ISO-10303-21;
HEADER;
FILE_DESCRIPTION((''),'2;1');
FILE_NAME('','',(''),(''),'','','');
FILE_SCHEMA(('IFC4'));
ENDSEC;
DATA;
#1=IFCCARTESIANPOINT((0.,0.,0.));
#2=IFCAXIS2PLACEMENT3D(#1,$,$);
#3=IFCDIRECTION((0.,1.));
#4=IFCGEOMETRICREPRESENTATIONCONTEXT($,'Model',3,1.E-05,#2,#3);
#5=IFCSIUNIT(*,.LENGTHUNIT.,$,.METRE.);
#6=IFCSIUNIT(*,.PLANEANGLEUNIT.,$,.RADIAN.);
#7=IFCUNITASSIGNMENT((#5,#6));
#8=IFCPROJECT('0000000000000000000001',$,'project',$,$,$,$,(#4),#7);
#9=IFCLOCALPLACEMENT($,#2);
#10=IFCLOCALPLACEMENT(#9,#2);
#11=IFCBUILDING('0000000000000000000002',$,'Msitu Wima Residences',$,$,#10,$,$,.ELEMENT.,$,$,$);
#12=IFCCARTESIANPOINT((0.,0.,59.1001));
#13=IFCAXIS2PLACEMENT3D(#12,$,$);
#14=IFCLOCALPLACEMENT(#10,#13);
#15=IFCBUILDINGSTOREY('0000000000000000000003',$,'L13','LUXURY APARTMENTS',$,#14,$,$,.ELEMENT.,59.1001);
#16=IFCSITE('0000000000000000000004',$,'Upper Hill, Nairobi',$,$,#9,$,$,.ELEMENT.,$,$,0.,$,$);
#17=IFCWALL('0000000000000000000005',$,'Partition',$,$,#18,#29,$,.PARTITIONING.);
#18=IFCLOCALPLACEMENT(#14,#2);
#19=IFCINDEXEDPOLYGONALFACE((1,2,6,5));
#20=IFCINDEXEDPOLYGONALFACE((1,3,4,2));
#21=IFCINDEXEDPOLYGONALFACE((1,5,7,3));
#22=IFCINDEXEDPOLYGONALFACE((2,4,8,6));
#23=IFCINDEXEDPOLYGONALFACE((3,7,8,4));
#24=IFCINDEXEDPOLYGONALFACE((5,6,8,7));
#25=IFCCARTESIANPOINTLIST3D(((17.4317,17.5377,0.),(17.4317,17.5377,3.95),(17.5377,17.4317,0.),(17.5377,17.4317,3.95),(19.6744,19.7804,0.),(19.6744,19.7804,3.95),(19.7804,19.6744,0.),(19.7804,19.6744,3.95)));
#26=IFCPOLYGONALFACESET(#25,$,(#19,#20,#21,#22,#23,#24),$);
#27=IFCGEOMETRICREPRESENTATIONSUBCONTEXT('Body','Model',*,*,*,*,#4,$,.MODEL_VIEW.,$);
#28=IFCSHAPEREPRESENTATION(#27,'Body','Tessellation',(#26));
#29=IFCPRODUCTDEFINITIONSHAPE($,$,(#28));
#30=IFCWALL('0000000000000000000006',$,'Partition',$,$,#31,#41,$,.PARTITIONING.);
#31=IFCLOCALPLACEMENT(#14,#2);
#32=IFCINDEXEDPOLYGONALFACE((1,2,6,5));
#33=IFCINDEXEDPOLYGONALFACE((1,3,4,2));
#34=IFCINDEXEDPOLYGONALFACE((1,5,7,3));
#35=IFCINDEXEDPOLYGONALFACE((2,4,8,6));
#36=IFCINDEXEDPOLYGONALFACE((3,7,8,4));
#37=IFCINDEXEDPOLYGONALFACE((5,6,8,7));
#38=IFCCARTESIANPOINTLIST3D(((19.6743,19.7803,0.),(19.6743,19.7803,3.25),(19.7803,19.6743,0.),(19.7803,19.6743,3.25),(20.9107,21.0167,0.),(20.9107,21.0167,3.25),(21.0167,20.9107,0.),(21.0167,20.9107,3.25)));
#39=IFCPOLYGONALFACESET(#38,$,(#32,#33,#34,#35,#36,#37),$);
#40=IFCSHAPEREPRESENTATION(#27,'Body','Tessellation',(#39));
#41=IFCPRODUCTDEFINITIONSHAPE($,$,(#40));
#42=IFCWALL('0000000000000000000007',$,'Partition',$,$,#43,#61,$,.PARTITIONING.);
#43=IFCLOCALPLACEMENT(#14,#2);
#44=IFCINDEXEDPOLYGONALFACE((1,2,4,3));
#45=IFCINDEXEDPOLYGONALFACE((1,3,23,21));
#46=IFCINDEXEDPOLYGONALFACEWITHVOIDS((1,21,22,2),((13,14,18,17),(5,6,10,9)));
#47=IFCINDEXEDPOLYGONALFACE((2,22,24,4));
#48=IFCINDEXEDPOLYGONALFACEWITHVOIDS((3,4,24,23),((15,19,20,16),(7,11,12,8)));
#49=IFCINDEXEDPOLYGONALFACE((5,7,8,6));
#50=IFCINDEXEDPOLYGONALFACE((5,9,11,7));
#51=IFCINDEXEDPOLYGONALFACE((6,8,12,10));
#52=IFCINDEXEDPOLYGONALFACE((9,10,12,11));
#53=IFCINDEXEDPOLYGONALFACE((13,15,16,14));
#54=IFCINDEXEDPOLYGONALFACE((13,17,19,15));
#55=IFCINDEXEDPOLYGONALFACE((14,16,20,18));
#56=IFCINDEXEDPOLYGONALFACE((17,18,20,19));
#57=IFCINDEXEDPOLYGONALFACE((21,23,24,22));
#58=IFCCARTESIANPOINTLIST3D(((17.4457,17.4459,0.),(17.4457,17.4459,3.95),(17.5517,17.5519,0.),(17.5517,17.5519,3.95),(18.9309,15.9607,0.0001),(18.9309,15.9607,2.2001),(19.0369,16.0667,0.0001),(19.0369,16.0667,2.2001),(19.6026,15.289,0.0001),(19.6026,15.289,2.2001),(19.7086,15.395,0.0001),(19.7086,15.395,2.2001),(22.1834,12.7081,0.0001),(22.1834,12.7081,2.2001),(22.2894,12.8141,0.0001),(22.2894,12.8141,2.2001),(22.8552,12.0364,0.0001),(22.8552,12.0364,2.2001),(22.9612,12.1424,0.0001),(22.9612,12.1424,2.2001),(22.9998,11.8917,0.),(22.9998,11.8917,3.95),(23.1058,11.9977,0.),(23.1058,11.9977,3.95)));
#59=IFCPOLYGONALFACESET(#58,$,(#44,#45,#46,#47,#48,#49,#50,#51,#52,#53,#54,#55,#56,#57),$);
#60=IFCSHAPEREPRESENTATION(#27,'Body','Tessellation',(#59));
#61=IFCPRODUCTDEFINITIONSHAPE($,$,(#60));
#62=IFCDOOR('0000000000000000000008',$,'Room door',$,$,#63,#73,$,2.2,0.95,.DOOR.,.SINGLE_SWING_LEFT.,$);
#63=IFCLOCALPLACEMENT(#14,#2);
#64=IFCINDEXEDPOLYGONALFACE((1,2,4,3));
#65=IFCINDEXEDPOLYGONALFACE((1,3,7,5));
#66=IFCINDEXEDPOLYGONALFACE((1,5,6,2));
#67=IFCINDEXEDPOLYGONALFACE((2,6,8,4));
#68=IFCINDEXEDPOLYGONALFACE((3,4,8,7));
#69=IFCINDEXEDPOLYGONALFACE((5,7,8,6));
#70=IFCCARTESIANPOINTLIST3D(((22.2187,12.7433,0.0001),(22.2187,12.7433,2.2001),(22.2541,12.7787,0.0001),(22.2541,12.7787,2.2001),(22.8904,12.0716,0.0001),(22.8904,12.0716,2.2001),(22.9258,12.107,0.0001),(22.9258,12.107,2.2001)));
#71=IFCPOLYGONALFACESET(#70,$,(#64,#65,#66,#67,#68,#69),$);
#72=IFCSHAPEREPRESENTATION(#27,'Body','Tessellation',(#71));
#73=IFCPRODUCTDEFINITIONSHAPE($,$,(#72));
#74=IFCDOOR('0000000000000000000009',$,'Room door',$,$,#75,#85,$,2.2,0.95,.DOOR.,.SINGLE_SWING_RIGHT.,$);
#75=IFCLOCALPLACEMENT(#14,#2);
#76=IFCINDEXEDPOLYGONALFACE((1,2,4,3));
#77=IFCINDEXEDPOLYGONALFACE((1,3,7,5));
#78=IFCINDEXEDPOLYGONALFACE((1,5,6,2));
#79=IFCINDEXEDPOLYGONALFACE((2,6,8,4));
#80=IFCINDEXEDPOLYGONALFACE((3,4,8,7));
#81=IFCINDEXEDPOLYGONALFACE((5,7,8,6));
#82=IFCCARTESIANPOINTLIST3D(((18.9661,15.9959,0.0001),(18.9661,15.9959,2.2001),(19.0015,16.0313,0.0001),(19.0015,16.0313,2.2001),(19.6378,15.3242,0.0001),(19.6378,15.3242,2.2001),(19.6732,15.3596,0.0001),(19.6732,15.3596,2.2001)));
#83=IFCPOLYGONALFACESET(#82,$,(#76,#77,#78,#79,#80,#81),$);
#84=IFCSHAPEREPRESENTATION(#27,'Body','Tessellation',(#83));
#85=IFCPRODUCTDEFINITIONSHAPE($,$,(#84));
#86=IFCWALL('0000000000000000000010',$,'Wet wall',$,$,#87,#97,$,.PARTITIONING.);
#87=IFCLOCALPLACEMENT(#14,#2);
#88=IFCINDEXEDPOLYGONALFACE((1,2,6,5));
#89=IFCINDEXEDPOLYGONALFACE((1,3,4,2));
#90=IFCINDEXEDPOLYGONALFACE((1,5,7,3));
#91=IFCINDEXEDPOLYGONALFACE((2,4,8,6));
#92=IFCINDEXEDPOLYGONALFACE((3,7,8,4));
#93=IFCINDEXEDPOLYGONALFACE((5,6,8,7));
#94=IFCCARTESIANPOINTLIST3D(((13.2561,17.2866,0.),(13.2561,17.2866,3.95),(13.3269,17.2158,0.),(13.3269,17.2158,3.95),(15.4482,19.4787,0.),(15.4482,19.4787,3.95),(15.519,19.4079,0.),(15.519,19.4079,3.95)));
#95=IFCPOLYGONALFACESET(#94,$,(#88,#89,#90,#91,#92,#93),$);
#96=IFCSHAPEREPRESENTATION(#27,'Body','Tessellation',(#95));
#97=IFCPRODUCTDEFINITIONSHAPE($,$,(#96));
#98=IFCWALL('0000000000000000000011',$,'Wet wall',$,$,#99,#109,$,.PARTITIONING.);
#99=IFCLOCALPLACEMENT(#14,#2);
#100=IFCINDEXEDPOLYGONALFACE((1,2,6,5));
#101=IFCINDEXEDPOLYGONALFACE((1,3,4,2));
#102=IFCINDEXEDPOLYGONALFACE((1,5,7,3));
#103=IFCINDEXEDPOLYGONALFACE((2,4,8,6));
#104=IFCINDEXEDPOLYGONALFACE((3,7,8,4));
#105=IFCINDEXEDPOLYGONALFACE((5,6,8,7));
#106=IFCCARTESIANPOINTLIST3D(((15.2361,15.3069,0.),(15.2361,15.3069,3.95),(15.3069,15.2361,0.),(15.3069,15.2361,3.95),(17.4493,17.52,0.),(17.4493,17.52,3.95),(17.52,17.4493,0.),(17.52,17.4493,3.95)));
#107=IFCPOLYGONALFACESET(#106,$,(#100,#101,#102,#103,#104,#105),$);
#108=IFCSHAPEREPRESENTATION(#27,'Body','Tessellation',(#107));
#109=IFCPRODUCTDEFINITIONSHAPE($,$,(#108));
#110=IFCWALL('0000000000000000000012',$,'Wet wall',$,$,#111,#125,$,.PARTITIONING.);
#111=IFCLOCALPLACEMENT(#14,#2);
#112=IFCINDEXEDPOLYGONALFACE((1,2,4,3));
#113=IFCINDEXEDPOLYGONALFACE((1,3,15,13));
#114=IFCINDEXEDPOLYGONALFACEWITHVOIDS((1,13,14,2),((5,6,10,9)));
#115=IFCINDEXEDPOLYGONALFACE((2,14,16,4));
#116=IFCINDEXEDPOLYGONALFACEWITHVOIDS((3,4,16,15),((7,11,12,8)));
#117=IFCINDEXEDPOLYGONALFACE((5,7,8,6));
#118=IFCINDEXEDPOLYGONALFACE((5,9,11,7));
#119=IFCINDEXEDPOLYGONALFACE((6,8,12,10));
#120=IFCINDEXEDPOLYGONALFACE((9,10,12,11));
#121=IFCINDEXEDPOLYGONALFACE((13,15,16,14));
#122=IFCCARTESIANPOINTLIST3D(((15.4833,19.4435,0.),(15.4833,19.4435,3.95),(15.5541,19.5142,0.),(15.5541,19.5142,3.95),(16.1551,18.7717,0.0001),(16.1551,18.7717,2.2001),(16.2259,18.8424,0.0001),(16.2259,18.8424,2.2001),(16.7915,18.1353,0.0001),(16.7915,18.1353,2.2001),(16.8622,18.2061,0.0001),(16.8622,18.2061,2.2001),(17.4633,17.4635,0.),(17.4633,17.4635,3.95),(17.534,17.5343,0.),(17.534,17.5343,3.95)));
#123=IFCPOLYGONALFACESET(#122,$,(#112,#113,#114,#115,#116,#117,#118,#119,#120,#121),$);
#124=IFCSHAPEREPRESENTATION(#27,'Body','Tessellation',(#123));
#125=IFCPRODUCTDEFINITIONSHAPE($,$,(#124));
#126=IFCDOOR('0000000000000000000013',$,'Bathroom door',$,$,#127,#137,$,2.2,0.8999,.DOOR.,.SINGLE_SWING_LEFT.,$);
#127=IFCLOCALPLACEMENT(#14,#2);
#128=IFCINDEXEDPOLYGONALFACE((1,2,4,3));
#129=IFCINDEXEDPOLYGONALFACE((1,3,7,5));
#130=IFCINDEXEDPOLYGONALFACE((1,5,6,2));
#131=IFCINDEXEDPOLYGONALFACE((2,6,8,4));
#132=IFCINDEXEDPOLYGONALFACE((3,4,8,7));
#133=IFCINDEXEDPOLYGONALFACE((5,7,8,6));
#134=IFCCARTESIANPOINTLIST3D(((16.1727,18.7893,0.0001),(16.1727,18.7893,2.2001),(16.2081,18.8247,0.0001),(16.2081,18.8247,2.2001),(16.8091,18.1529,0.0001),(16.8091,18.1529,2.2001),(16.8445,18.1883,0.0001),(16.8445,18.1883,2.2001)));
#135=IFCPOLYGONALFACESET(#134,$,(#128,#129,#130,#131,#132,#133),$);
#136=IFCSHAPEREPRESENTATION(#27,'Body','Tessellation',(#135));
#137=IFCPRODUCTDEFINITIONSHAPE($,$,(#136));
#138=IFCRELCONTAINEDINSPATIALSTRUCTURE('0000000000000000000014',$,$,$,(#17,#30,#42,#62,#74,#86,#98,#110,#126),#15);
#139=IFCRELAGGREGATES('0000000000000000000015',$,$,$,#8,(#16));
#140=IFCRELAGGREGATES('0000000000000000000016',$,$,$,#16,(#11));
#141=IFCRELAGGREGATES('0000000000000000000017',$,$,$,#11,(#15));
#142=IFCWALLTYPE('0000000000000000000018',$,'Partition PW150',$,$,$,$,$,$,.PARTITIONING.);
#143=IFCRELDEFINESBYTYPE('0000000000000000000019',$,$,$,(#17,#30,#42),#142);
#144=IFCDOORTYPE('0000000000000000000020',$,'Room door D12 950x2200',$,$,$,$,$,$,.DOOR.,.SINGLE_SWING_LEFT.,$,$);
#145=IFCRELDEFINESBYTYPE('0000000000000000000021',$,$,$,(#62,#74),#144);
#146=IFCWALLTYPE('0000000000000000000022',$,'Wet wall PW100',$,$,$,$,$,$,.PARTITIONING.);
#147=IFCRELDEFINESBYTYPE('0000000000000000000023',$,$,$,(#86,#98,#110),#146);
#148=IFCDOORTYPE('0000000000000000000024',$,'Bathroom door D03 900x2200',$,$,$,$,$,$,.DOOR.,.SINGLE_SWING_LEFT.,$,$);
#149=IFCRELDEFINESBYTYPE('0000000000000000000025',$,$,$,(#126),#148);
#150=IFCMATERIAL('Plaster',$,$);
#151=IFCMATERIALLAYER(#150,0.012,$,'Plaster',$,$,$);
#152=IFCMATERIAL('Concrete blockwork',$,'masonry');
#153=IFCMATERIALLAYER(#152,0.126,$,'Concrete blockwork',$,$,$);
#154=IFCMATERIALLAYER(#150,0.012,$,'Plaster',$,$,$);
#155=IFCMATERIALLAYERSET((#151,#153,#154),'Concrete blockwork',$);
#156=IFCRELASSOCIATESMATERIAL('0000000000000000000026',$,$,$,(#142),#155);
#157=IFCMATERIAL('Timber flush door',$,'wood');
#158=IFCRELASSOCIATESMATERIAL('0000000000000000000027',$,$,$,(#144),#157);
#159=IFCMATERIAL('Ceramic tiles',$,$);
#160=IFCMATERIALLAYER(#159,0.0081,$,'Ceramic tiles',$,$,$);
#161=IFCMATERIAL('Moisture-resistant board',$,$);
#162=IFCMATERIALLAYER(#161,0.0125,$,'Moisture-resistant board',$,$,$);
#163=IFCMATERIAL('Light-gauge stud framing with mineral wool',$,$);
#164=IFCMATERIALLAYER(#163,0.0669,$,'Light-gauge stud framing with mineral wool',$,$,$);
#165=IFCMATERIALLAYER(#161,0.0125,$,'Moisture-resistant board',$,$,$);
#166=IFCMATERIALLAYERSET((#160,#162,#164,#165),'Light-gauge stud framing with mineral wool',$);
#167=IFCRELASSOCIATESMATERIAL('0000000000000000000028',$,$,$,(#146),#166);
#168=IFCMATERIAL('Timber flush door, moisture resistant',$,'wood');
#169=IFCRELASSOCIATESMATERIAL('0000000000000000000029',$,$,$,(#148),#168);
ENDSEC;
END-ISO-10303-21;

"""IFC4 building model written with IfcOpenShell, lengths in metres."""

from ifc_helpers import new_model, si_unit, direction, frame, frame_2d, origin, place, context, subcontext, project, spatial, rectangle, extrude, material, layer, layer_set, type_object, element, fill, save


model = new_model("IFC4")

# Units and contexts
model_context = context("Model", 3, precision=1e-05, world=origin(), true_north=direction((0.0, 1.0)))
body_context = subcontext(model_context, "Body", "Model", "MODEL_VIEW")
ifc_project = project(units=[si_unit("LENGTHUNIT", "METRE"), si_unit("PLANEANGLEUNIT", "RADIAN")], contexts=[model_context])

# Site, building, storey
site_placement = place(None, origin())
site = spatial("IfcSite", under=ifc_project, at=site_placement, Name="Upper Hill, Nairobi", CompositionType="ELEMENT", RefElevation=0.0)
building_placement = place(site_placement, origin())
building = spatial("IfcBuilding", under=site, at=building_placement, Name="Msitu Wima Residences", CompositionType="ELEMENT")
storey_placement = place(building_placement, frame((0.0, 0.0, 59.1001)))
storey = spatial("IfcBuildingStorey", under=building, at=storey_placement, Name="L13", Description="LUXURY APARTMENTS", CompositionType="ELEMENT", Elevation=59.1001)

# Walls
ifc_material_1 = material(Name="Plaster")
ifc_layer_1 = layer(ifc_material_1, 0.012, Name="Plaster")
ifc_material_2 = material(Name="Concrete blockwork", Category="masonry")
ifc_layer_2 = layer(ifc_material_2, 0.126, Name="Concrete blockwork")
ifc_layer_3 = layer(ifc_material_1, 0.012, Name="Plaster")
ifc_layer_set_1 = layer_set([ifc_layer_1, ifc_layer_2, ifc_layer_3], Name="Concrete blockwork")
wall_type_1 = type_object("IfcWallType", Name="Partition PW150", PredefinedType="PARTITIONING", material=ifc_layer_set_1)
wall_1_placement = place(storey_placement, frame((17.4846, 17.4846, 0.0), z_axis=(0.0, 0.0, 1.0), x_axis=(0.707107, 0.707107, 0.0)))
element("IfcWall", 1, at=wall_1_placement, inside=storey, type_object=wall_type_1, Name="Partition", PredefinedType="PARTITIONING", context=body_context, shape_type="SweptSolid", body=[
    extrude(rectangle(XDim=3.1716, YDim=0.1499, at=frame_2d((1.5859, 0.0))), origin(), (0.0, 0.0, 1.0), 3.95),
])
wall_2_placement = place(storey_placement, frame((19.7273, 19.7273, 0.0), z_axis=(0.0, 0.0, 1.0), x_axis=(0.707107, 0.707107, 0.0)))
element("IfcWall", 2, at=wall_2_placement, inside=storey, type_object=wall_type_1, Name="Partition", PredefinedType="PARTITIONING", context=body_context, shape_type="SweptSolid", body=[
    extrude(rectangle(XDim=1.7485, YDim=0.1499, at=frame_2d((0.8743, 0.0))), origin(), (0.0, 0.0, 1.0), 3.25),
])

# Wall, openings, doors
wall_3_placement = place(storey_placement, frame((17.4988, 17.4988, 0.0), z_axis=(0.0, 0.0, 1.0), x_axis=(0.707107, -0.707107, 0.0)))
wall_3 = element("IfcWall", 3, at=wall_3_placement, inside=storey, type_object=wall_type_1, Name="Partition", PredefinedType="PARTITIONING", context=body_context, shape_type="SweptSolid", body=[
    extrude(rectangle(XDim=7.8547, YDim=0.1499, at=frame_2d((3.9272, 0.0))), origin(), (0.0, 0.0, 1.0), 3.95),
])
opening_1_placement = place(wall_3_placement, frame((6.7, 0.0, 0.0)))
opening_1 = element("IfcOpeningElement", 4, at=opening_1_placement, cuts=wall_3, PredefinedType="OPENING", context=body_context, shape_type="SweptSolid", body=[
    extrude(rectangle(XDim=0.95, YDim=2.2, at=frame_2d((0.4751, 1.1001))), frame((0.0, 0.085, 0.0), z_axis=(0.0, -1.0, 0.0), x_axis=(1.0, 0.0, 0.0)), (0.0, 0.0, 1.0), 0.1699),
])
opening_2_placement = place(wall_3_placement, frame((2.1001, 0.0, 0.0)))
opening_2 = element("IfcOpeningElement", 5, at=opening_2_placement, cuts=wall_3, PredefinedType="OPENING", context=body_context, shape_type="SweptSolid", body=[
    extrude(rectangle(XDim=0.95, YDim=2.2, at=frame_2d((0.4751, 1.1001))), frame((0.0, 0.085, 0.0), z_axis=(0.0, -1.0, 0.0), x_axis=(1.0, 0.0, 0.0)), (0.0, 0.0, 1.0), 0.1699),
])
ifc_material_3 = material(Name="Timber flush door", Category="wood")
door_type_1 = type_object("IfcDoorType", Name="Room door D12 950x2200", OperationType="SINGLE_SWING_LEFT", PredefinedType="DOOR", material=ifc_material_3)
door_1_placement = place(opening_1_placement, origin())
door_1 = element("IfcDoor", 6, at=door_1_placement, inside=storey, type_object=door_type_1, Name="Room door", OperationType="SINGLE_SWING_LEFT", OverallHeight=2.2, OverallWidth=0.95, PredefinedType="DOOR", context=body_context, shape_type="SweptSolid", body=[
    extrude(rectangle(XDim=0.95, YDim=2.2, at=frame_2d((0.4751, 1.1001))), frame((0.0, 0.0249, 0.0), z_axis=(0.0, -1.0, 0.0), x_axis=(1.0, 0.0, 0.0)), (0.0, 0.0, 1.0), 0.05),
])
fill(opening_1, door_1)
door_2_placement = place(opening_2_placement, origin())
door_2 = element("IfcDoor", 7, at=door_2_placement, inside=storey, type_object=door_type_1, Name="Room door", OperationType="SINGLE_SWING_RIGHT", OverallHeight=2.2, OverallWidth=0.95, PredefinedType="DOOR", context=body_context, shape_type="SweptSolid", body=[
    extrude(rectangle(XDim=0.95, YDim=2.2, at=frame_2d((0.4751, 1.1001))), frame((0.0, 0.0249, 0.0), z_axis=(0.0, -1.0, 0.0), x_axis=(1.0, 0.0, 0.0)), (0.0, 0.0, 1.0), 0.05),
])
fill(opening_2, door_2)

# Walls
ifc_material_4 = material(Name="Ceramic tiles")
ifc_layer_4 = layer(ifc_material_4, 0.0081, Name="Ceramic tiles")
ifc_material_5 = material(Name="Moisture-resistant board")
ifc_layer_5 = layer(ifc_material_5, 0.0125, Name="Moisture-resistant board")
ifc_material_6 = material(Name="Light-gauge stud framing with mineral wool")
ifc_layer_6 = layer(ifc_material_6, 0.0669, Name="Light-gauge stud framing with mineral wool")
ifc_layer_7 = layer(ifc_material_5, 0.0125, Name="Moisture-resistant board")
ifc_layer_set_2 = layer_set([ifc_layer_4, ifc_layer_5, ifc_layer_6, ifc_layer_7], Name="Light-gauge stud framing with mineral wool")
wall_type_2 = type_object("IfcWallType", Name="Wet wall PW100", PredefinedType="PARTITIONING", material=ifc_layer_set_2)
wall_4_placement = place(storey_placement, frame((13.2915, 17.2512, 0.0), z_axis=(0.0, 0.0, 1.0), x_axis=(0.707107, 0.707107, 0.0)))
element("IfcWall", 8, at=wall_4_placement, inside=storey, type_object=wall_type_2, Name="Wet wall", PredefinedType="PARTITIONING", context=body_context, shape_type="SweptSolid", body=[
    extrude(rectangle(XDim=3.1001, YDim=0.1001, at=frame_2d((1.55, 0.0))), origin(), (0.0, 0.0, 1.0), 3.95),
])
wall_5_placement = place(storey_placement, frame((15.2715, 15.2715, 0.0), z_axis=(0.0, 0.0, 1.0), x_axis=(0.707107, 0.707107, 0.0)))
element("IfcWall", 9, at=wall_5_placement, inside=storey, type_object=wall_type_2, Name="Wet wall", PredefinedType="PARTITIONING", context=body_context, shape_type="SweptSolid", body=[
    extrude(rectangle(XDim=3.1299, YDim=0.1001, at=frame_2d((1.5649, 0.0))), origin(), (0.0, 0.0, 1.0), 3.95),
])

# Wall, opening, door
wall_6_placement = place(storey_placement, frame((15.5188, 19.4788, 0.0), z_axis=(0.0, 0.0, 1.0), x_axis=(0.707107, -0.707107, 0.0)))
wall_6 = element("IfcWall", 10, at=wall_6_placement, inside=storey, type_object=wall_type_2, Name="Wet wall", PredefinedType="PARTITIONING", context=body_context, shape_type="SweptSolid", body=[
    extrude(rectangle(XDim=2.8, YDim=0.1001, at=frame_2d((1.3999, 0.0))), origin(), (0.0, 0.0, 1.0), 3.95),
])
opening_3_placement = place(wall_6_placement, frame((0.95, 0.0, 0.0)))
opening_3 = element("IfcOpeningElement", 11, at=opening_3_placement, cuts=wall_6, PredefinedType="OPENING", context=body_context, shape_type="SweptSolid", body=[
    extrude(rectangle(XDim=0.8999, YDim=2.2, at=frame_2d((0.45, 1.1001))), frame((0.0, 0.0601, 0.0), z_axis=(0.0, -1.0, 0.0), x_axis=(1.0, 0.0, 0.0)), (0.0, 0.0, 1.0), 0.1201),
])
ifc_material_7 = material(Name="Timber flush door, moisture resistant", Category="wood")
door_type_2 = type_object("IfcDoorType", Name="Bathroom door D03 900x2200", OperationType="SINGLE_SWING_LEFT", PredefinedType="DOOR", material=ifc_material_7)
door_3_placement = place(opening_3_placement, origin())
door_3 = element("IfcDoor", 12, at=door_3_placement, inside=storey, type_object=door_type_2, Name="Bathroom door", OperationType="SINGLE_SWING_LEFT", OverallHeight=2.2, OverallWidth=0.8999, PredefinedType="DOOR", context=body_context, shape_type="SweptSolid", body=[
    extrude(rectangle(XDim=0.8999, YDim=2.2, at=frame_2d((0.45, 1.1001))), frame((0.0, 0.0249, 0.0), z_axis=(0.0, -1.0, 0.0), x_axis=(1.0, 0.0, 0.0)), (0.0, 0.0, 1.0), 0.05),
])
fill(opening_3, door_3)

save(model, "model.ifc")
